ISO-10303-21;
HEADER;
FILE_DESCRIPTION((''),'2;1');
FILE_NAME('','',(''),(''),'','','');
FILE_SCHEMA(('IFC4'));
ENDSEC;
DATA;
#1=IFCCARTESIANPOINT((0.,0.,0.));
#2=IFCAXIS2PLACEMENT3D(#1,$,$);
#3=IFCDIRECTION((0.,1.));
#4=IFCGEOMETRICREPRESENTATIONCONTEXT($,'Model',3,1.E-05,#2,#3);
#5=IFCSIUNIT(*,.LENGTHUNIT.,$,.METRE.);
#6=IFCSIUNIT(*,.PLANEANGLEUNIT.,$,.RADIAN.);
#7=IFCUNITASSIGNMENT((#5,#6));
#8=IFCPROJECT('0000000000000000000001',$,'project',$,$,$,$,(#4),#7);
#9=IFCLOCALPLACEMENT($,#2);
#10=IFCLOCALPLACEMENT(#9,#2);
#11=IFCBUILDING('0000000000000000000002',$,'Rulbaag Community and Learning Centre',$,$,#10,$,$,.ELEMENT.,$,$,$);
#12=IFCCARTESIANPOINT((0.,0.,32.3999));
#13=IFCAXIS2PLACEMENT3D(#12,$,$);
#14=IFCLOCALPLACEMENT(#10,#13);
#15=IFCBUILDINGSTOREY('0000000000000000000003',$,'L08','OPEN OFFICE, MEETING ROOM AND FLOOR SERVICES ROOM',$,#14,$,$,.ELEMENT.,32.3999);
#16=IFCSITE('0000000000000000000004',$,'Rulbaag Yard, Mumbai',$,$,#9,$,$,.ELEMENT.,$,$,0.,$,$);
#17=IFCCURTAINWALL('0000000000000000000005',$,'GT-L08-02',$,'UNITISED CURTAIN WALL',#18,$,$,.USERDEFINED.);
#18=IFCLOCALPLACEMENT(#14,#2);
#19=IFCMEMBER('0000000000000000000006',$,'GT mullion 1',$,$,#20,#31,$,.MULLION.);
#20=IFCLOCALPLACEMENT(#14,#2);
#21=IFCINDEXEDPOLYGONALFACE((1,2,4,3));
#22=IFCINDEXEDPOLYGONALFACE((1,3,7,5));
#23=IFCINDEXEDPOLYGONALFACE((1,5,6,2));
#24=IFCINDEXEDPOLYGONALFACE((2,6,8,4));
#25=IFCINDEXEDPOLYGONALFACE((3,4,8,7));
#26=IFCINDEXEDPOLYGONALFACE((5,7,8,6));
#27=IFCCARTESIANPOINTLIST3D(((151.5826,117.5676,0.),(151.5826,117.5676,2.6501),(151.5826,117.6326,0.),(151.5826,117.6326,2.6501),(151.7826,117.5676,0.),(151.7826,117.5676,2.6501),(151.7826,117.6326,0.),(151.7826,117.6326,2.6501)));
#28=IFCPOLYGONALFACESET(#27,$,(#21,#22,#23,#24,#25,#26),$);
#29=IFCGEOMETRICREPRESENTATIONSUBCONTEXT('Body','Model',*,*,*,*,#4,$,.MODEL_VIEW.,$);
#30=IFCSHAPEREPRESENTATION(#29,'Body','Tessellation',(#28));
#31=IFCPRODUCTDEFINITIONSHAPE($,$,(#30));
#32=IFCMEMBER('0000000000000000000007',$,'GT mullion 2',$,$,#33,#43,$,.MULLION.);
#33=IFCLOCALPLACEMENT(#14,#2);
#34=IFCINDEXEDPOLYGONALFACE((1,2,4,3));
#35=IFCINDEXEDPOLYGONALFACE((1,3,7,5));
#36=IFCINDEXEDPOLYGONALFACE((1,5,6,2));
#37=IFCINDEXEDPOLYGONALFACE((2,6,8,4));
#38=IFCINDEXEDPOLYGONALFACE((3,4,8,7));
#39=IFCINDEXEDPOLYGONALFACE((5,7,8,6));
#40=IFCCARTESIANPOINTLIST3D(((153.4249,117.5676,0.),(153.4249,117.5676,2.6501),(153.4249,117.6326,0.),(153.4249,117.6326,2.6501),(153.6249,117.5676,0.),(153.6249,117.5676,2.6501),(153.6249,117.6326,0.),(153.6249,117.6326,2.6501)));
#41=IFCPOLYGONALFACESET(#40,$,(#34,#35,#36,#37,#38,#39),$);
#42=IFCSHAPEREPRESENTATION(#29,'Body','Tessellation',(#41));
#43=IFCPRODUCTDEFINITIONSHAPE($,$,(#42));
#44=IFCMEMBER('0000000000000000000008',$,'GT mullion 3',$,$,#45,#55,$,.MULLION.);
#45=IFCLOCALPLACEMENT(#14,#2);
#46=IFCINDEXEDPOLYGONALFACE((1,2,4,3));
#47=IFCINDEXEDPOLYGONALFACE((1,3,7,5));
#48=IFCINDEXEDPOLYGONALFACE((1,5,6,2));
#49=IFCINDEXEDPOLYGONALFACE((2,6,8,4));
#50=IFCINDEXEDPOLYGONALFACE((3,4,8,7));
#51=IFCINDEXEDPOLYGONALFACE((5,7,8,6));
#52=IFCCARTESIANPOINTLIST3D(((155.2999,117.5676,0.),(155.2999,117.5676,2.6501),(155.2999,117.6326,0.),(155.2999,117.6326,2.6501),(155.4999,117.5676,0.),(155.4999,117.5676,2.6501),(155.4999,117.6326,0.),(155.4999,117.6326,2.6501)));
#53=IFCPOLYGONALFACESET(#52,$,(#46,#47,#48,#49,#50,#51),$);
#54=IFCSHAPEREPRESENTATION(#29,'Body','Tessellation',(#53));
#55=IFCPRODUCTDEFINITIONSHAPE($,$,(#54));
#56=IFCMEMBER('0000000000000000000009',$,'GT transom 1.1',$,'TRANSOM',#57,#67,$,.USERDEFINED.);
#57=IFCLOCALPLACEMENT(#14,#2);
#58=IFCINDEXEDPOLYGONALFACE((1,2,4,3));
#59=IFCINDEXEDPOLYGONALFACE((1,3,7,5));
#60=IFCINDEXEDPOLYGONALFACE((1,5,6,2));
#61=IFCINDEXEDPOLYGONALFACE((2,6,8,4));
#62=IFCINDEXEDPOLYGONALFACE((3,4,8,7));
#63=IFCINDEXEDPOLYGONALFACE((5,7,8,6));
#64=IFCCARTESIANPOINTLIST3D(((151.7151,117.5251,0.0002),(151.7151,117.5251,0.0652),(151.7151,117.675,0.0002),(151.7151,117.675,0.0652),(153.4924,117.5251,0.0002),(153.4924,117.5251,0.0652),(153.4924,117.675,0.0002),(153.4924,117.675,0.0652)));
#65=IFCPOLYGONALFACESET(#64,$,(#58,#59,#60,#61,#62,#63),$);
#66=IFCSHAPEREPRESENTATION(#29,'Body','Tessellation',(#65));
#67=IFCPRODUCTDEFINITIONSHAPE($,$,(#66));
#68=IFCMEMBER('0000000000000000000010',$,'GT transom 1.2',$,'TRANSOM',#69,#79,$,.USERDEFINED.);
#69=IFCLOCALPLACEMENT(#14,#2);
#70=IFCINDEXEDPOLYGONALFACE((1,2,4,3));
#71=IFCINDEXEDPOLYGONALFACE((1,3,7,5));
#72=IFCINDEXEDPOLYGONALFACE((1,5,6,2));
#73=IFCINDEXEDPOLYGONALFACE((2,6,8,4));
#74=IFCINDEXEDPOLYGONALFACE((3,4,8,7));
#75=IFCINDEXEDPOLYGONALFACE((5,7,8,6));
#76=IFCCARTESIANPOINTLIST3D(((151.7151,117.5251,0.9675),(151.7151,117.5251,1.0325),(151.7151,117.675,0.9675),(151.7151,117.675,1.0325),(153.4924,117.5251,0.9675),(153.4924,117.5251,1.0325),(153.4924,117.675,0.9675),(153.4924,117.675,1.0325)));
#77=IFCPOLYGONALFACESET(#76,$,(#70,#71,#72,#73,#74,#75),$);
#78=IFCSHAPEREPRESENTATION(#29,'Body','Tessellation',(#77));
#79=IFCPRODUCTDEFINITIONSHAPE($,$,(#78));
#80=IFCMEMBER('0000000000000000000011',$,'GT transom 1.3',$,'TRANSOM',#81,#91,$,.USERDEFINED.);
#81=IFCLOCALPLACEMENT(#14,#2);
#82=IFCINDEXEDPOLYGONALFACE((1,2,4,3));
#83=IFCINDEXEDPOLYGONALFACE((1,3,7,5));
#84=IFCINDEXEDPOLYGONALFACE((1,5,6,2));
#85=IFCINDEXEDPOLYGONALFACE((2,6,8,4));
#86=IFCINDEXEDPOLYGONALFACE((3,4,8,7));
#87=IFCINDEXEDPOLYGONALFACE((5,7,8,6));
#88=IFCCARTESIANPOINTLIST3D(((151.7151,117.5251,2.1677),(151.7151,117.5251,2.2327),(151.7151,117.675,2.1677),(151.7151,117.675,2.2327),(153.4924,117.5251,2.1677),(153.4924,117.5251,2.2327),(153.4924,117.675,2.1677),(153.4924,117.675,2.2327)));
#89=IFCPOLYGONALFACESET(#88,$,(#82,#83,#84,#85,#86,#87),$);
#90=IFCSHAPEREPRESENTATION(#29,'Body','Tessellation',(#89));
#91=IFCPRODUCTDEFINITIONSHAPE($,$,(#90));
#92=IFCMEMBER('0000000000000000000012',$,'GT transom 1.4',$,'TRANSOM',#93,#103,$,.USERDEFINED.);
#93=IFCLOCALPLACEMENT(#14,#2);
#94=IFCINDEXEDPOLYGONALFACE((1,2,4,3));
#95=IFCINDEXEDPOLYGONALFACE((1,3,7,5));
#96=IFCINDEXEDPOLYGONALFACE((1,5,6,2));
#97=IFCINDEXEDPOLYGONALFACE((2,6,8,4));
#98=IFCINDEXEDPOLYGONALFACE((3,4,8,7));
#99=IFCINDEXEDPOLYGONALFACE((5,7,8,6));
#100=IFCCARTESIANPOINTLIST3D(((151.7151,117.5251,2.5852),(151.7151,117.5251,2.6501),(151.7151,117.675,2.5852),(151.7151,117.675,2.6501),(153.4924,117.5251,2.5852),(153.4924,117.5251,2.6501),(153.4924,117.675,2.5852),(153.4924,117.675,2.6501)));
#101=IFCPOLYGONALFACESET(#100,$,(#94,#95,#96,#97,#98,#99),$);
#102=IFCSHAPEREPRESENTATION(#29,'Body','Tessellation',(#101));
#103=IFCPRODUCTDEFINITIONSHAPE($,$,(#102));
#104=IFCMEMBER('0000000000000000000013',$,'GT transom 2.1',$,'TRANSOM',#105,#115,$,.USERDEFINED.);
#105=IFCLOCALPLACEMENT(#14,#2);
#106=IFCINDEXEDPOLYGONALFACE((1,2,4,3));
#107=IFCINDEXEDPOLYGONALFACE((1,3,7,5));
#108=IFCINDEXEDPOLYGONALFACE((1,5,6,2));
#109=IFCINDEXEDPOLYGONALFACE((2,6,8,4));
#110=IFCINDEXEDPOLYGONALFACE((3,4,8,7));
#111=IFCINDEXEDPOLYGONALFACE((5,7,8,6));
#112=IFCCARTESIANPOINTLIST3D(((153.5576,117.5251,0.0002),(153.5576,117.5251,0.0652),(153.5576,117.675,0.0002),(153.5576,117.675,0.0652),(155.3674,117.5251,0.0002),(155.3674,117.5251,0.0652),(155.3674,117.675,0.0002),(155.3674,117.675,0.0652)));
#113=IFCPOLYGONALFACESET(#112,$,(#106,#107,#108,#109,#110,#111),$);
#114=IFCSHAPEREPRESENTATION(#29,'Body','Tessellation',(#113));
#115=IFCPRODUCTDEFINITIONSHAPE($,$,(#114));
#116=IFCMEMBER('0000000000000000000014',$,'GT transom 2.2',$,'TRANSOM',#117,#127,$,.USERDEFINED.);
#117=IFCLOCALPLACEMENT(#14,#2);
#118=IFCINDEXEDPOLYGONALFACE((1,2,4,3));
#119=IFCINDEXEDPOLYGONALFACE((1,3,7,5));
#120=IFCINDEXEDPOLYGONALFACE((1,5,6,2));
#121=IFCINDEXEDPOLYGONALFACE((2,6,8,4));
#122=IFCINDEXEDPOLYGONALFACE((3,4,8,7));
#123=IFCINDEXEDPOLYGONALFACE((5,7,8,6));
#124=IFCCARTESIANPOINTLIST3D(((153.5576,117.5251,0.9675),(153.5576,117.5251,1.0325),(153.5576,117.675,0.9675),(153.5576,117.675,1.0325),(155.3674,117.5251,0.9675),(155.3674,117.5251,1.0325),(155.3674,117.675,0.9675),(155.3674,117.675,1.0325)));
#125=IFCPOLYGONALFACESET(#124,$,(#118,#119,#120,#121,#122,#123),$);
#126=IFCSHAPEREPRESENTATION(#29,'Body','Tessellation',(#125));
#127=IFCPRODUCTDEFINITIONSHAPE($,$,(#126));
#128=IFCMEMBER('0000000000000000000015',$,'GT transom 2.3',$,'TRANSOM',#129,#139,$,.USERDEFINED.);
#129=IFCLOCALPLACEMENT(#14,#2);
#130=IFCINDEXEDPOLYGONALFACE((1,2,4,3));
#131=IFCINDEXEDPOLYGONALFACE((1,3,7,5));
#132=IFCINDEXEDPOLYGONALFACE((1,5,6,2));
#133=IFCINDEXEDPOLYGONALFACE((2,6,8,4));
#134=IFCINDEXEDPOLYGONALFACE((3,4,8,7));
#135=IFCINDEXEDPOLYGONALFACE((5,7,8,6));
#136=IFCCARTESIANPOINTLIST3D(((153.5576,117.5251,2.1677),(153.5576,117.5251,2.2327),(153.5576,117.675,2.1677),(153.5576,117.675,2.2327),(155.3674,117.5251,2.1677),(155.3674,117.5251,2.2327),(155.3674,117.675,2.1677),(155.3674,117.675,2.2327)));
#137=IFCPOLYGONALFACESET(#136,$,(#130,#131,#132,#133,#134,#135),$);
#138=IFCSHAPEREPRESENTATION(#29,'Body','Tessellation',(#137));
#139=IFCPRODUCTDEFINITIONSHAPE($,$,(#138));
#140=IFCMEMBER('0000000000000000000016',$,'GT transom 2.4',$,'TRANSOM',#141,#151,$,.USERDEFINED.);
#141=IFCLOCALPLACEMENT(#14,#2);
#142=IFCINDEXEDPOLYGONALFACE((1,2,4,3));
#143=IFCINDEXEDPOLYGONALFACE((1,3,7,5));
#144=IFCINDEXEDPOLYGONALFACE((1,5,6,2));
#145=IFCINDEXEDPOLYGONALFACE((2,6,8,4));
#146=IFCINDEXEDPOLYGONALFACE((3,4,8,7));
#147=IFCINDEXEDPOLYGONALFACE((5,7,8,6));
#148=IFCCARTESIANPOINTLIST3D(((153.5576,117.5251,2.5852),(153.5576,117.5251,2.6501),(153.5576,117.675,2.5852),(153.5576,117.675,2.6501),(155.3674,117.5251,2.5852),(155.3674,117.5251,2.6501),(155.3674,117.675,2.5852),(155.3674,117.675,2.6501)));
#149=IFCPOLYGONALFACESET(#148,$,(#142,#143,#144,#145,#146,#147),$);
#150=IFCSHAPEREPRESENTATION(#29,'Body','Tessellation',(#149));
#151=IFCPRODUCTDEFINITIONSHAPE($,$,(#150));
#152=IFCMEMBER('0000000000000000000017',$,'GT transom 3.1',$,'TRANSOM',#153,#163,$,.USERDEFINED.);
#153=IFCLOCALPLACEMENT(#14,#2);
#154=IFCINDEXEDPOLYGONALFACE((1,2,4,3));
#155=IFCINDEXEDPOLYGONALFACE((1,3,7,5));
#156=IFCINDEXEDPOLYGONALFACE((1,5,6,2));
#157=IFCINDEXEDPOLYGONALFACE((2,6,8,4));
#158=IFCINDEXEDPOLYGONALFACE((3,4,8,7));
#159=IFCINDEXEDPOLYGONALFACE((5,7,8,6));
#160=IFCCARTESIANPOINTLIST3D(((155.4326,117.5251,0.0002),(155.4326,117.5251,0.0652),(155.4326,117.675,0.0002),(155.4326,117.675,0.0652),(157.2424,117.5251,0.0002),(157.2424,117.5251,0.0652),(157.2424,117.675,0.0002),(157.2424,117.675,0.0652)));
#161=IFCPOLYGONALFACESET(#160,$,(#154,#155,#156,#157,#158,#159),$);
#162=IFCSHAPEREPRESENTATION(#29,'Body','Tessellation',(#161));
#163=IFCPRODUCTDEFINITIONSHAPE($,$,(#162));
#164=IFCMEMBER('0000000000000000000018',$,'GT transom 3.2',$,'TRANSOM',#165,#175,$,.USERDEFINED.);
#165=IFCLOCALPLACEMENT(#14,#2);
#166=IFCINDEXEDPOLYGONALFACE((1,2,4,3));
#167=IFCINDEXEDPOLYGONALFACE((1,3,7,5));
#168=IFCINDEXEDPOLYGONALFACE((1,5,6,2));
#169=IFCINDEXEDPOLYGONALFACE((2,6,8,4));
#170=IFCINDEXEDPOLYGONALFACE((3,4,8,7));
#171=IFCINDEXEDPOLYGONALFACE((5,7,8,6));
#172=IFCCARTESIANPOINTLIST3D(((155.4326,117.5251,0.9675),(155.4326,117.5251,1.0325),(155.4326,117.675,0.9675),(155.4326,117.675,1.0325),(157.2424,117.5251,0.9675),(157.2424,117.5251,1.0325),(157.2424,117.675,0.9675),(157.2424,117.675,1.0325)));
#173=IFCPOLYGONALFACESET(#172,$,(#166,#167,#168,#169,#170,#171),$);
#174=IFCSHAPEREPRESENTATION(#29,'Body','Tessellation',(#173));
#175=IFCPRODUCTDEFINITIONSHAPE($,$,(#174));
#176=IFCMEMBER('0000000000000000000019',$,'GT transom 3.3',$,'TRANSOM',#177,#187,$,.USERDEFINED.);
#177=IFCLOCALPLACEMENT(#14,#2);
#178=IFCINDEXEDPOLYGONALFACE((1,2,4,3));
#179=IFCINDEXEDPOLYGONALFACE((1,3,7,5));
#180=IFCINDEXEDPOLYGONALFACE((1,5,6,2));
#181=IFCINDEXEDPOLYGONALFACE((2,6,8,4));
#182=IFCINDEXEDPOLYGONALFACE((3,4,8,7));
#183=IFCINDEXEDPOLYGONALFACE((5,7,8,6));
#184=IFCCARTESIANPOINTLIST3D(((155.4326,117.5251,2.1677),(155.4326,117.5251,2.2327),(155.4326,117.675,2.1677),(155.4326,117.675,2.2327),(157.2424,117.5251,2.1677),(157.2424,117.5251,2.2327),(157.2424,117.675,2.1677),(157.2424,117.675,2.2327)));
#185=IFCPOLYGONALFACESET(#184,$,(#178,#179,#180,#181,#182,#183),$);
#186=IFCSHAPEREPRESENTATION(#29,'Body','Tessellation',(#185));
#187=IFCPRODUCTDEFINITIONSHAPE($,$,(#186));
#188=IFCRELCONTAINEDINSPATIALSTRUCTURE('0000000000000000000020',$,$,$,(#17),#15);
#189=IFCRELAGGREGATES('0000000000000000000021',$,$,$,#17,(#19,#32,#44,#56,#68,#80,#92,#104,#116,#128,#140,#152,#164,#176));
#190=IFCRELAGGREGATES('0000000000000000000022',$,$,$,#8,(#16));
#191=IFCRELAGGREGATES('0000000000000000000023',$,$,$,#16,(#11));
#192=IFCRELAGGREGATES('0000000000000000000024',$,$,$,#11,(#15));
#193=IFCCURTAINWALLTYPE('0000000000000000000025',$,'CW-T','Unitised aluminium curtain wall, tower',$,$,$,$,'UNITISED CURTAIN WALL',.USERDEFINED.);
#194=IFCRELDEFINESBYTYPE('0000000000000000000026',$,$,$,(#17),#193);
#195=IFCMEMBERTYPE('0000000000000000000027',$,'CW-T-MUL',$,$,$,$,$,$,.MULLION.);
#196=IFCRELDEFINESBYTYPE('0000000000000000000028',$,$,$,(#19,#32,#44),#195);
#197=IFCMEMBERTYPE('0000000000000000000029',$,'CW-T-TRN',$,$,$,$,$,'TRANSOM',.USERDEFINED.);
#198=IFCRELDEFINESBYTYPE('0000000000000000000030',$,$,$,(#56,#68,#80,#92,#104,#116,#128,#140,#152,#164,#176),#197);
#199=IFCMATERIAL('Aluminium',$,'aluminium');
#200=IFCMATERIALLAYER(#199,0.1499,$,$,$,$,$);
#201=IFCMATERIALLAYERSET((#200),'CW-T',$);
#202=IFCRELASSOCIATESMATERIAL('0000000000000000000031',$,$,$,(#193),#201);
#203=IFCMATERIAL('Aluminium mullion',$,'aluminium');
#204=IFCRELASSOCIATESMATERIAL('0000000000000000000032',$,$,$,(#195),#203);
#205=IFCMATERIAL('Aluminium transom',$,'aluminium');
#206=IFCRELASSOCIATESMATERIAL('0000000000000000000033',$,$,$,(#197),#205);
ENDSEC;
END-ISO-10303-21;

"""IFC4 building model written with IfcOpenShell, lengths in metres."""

from ifc_helpers import new_model, si_unit, direction, frame, origin, origin_2d, place, context, subcontext, project, spatial, rectangle, extrude, material, layer, layer_set, material_profile, profile_set, type_object, element, aggregate, save


model = new_model("IFC4")

# Units and contexts
model_context = context("Model", 3, precision=1e-05, world=origin(), true_north=direction((0.0, 1.0)))
body_context = subcontext(model_context, "Body", "Model", "MODEL_VIEW")
ifc_project = project(units=[si_unit("LENGTHUNIT", "METRE"), si_unit("PLANEANGLEUNIT", "RADIAN")], contexts=[model_context])

# Site, building, storey
site_placement = place(None, origin())
site = spatial("IfcSite", under=ifc_project, at=site_placement, Name="Rulbaag Yard, Mumbai", CompositionType="ELEMENT", RefElevation=0.0)
building_placement = place(site_placement, origin())
building = spatial("IfcBuilding", under=site, at=building_placement, Name="Rulbaag Community and Learning Centre", CompositionType="ELEMENT")
storey_placement = place(building_placement, frame((0.0, 0.0, 32.3999)))
storey = spatial("IfcBuildingStorey", under=building, at=storey_placement, Name="L08", Description="OPEN OFFICE, MEETING ROOM AND FLOOR SERVICES ROOM", CompositionType="ELEMENT", Elevation=32.3999)

# Curtain wall, members
ifc_material_1 = material(Name="Aluminium", Category="aluminium")
ifc_layer_1 = layer(ifc_material_1, 0.1499)
ifc_layer_set_1 = layer_set([ifc_layer_1], Name="CW-T")
curtain_wall_type = type_object("IfcCurtainWallType", Name="CW-T", Description="Unitised aluminium curtain wall, tower", ElementType="UNITISED CURTAIN WALL", PredefinedType="USERDEFINED", material=ifc_layer_set_1)
curtain_wall_placement = place(storey_placement, origin())
curtain_wall = element("IfcCurtainWall", 1, at=curtain_wall_placement, inside=storey, type_object=curtain_wall_type, Name="GT-L08-02", ObjectType="UNITISED CURTAIN WALL", PredefinedType="USERDEFINED")
ifc_material_2 = material(Name="Aluminium mullion", Category="aluminium")
ifc_material_profile_1 = material_profile(ifc_material_2, rectangle(XDim=0.0649, YDim=0.2, at=origin_2d()), Name="AL 65x200")
ifc_profile_set_1 = profile_set([ifc_material_profile_1], Name="Aluminium mullion")
member_type_1 = type_object("IfcMemberType", Name="CW-T-MUL", PredefinedType="MULLION", material=ifc_profile_set_1)
member_1_placement = place(storey_placement, frame((151.6826, 117.6001, 0.0), z_axis=(0.0, 0.0, 1.0), x_axis=(0.0, 1.0, 0.0)))
member_1 = element("IfcMember", 2, at=member_1_placement, type_object=member_type_1, Name="GT mullion 1", PredefinedType="MULLION", context=body_context, shape_type="SweptSolid", body=[
    extrude(rectangle(XDim=0.0649, YDim=0.2, at=origin_2d()), origin(), (0.0, 0.0, 1.0), 2.6501),
])
member_2_placement = place(storey_placement, frame((153.5249, 117.6001, 0.0), z_axis=(0.0, 0.0, 1.0), x_axis=(0.0, 1.0, 0.0)))
member_2 = element("IfcMember", 3, at=member_2_placement, type_object=member_type_1, Name="GT mullion 2", PredefinedType="MULLION", context=body_context, shape_type="SweptSolid", body=[
    extrude(rectangle(XDim=0.0649, YDim=0.2, at=origin_2d()), origin(), (0.0, 0.0, 1.0), 2.6501),
])
member_3_placement = place(storey_placement, frame((155.3999, 117.6001, 0.0), z_axis=(0.0, 0.0, 1.0), x_axis=(0.0, 1.0, 0.0)))
member_3 = element("IfcMember", 4, at=member_3_placement, type_object=member_type_1, Name="GT mullion 3", PredefinedType="MULLION", context=body_context, shape_type="SweptSolid", body=[
    extrude(rectangle(XDim=0.0649, YDim=0.2, at=origin_2d()), origin(), (0.0, 0.0, 1.0), 2.6501),
])
ifc_material_3 = material(Name="Aluminium transom", Category="aluminium")
ifc_material_profile_2 = material_profile(ifc_material_3, rectangle(XDim=0.1499, YDim=0.0649, at=origin_2d()), Name="AL 65x150 T")
ifc_profile_set_2 = profile_set([ifc_material_profile_2], Name="Aluminium transom")
member_type_2 = type_object("IfcMemberType", Name="CW-T-TRN", ElementType="TRANSOM", PredefinedType="USERDEFINED", material=ifc_profile_set_2)
member_4_placement = place(storey_placement, frame((151.7151, 117.6001, 0.0327), z_axis=(1.0, 0.0, 0.0), x_axis=(0.0, 1.0, 0.0)))
member_4 = element("IfcMember", 5, at=member_4_placement, type_object=member_type_2, Name="GT transom 1.1", ObjectType="TRANSOM", PredefinedType="USERDEFINED", context=body_context, shape_type="SweptSolid", body=[
    extrude(rectangle(XDim=0.1499, YDim=0.0649, at=origin_2d()), origin(), (0.0, 0.0, 1.0), 1.7773),
])
member_5_placement = place(storey_placement, frame((151.7151, 117.6001, 1.0), z_axis=(1.0, 0.0, 0.0), x_axis=(0.0, 1.0, 0.0)))
member_5 = element("IfcMember", 6, at=member_5_placement, type_object=member_type_2, Name="GT transom 1.2", ObjectType="TRANSOM", PredefinedType="USERDEFINED", context=body_context, shape_type="SweptSolid", body=[
    extrude(rectangle(XDim=0.1499, YDim=0.0649, at=origin_2d()), origin(), (0.0, 0.0, 1.0), 1.7773),
])
member_6_placement = place(storey_placement, frame((151.7151, 117.6001, 2.2002), z_axis=(1.0, 0.0, 0.0), x_axis=(0.0, 1.0, 0.0)))
member_6 = element("IfcMember", 7, at=member_6_placement, type_object=member_type_2, Name="GT transom 1.3", ObjectType="TRANSOM", PredefinedType="USERDEFINED", context=body_context, shape_type="SweptSolid", body=[
    extrude(rectangle(XDim=0.1499, YDim=0.0649, at=origin_2d()), origin(), (0.0, 0.0, 1.0), 1.7773),
])
member_7_placement = place(storey_placement, frame((151.7151, 117.6001, 2.6177), z_axis=(1.0, 0.0, 0.0), x_axis=(0.0, 1.0, 0.0)))
member_7 = element("IfcMember", 8, at=member_7_placement, type_object=member_type_2, Name="GT transom 1.4", ObjectType="TRANSOM", PredefinedType="USERDEFINED", context=body_context, shape_type="SweptSolid", body=[
    extrude(rectangle(XDim=0.1499, YDim=0.0649, at=origin_2d()), origin(), (0.0, 0.0, 1.0), 1.7773),
])
member_8_placement = place(storey_placement, frame((153.5576, 117.6001, 0.0327), z_axis=(1.0, 0.0, 0.0), x_axis=(0.0, 1.0, 0.0)))
member_8 = element("IfcMember", 9, at=member_8_placement, type_object=member_type_2, Name="GT transom 2.1", ObjectType="TRANSOM", PredefinedType="USERDEFINED", context=body_context, shape_type="SweptSolid", body=[
    extrude(rectangle(XDim=0.1499, YDim=0.0649, at=origin_2d()), origin(), (0.0, 0.0, 1.0), 1.8098),
])
member_9_placement = place(storey_placement, frame((153.5576, 117.6001, 1.0), z_axis=(1.0, 0.0, 0.0), x_axis=(0.0, 1.0, 0.0)))
member_9 = element("IfcMember", 10, at=member_9_placement, type_object=member_type_2, Name="GT transom 2.2", ObjectType="TRANSOM", PredefinedType="USERDEFINED", context=body_context, shape_type="SweptSolid", body=[
    extrude(rectangle(XDim=0.1499, YDim=0.0649, at=origin_2d()), origin(), (0.0, 0.0, 1.0), 1.8098),
])
member_10_placement = place(storey_placement, frame((153.5576, 117.6001, 2.2002), z_axis=(1.0, 0.0, 0.0), x_axis=(0.0, 1.0, 0.0)))
member_10 = element("IfcMember", 11, at=member_10_placement, type_object=member_type_2, Name="GT transom 2.3", ObjectType="TRANSOM", PredefinedType="USERDEFINED", context=body_context, shape_type="SweptSolid", body=[
    extrude(rectangle(XDim=0.1499, YDim=0.0649, at=origin_2d()), origin(), (0.0, 0.0, 1.0), 1.8098),
])
member_11_placement = place(storey_placement, frame((153.5576, 117.6001, 2.6177), z_axis=(1.0, 0.0, 0.0), x_axis=(0.0, 1.0, 0.0)))
member_11 = element("IfcMember", 12, at=member_11_placement, type_object=member_type_2, Name="GT transom 2.4", ObjectType="TRANSOM", PredefinedType="USERDEFINED", context=body_context, shape_type="SweptSolid", body=[
    extrude(rectangle(XDim=0.1499, YDim=0.0649, at=origin_2d()), origin(), (0.0, 0.0, 1.0), 1.8098),
])
member_12_placement = place(storey_placement, frame((155.4326, 117.6001, 0.0327), z_axis=(1.0, 0.0, 0.0), x_axis=(0.0, 1.0, 0.0)))
member_12 = element("IfcMember", 13, at=member_12_placement, type_object=member_type_2, Name="GT transom 3.1", ObjectType="TRANSOM", PredefinedType="USERDEFINED", context=body_context, shape_type="SweptSolid", body=[
    extrude(rectangle(XDim=0.1499, YDim=0.0649, at=origin_2d()), origin(), (0.0, 0.0, 1.0), 1.8098),
])
member_13_placement = place(storey_placement, frame((155.4326, 117.6001, 1.0), z_axis=(1.0, 0.0, 0.0), x_axis=(0.0, 1.0, 0.0)))
member_13 = element("IfcMember", 14, at=member_13_placement, type_object=member_type_2, Name="GT transom 3.2", ObjectType="TRANSOM", PredefinedType="USERDEFINED", context=body_context, shape_type="SweptSolid", body=[
    extrude(rectangle(XDim=0.1499, YDim=0.0649, at=origin_2d()), origin(), (0.0, 0.0, 1.0), 1.8098),
])
member_14_placement = place(storey_placement, frame((155.4326, 117.6001, 2.2002), z_axis=(1.0, 0.0, 0.0), x_axis=(0.0, 1.0, 0.0)))
member_14 = element("IfcMember", 15, at=member_14_placement, type_object=member_type_2, Name="GT transom 3.3", ObjectType="TRANSOM", PredefinedType="USERDEFINED", context=body_context, shape_type="SweptSolid", body=[
    extrude(rectangle(XDim=0.1499, YDim=0.0649, at=origin_2d()), origin(), (0.0, 0.0, 1.0), 1.8098),
])
aggregate(curtain_wall, [member_1, member_2, member_3, member_4, member_5, member_6, member_7, member_8, member_9, member_10, member_11, member_12, member_13, member_14])

save(model, "model.ifc")
